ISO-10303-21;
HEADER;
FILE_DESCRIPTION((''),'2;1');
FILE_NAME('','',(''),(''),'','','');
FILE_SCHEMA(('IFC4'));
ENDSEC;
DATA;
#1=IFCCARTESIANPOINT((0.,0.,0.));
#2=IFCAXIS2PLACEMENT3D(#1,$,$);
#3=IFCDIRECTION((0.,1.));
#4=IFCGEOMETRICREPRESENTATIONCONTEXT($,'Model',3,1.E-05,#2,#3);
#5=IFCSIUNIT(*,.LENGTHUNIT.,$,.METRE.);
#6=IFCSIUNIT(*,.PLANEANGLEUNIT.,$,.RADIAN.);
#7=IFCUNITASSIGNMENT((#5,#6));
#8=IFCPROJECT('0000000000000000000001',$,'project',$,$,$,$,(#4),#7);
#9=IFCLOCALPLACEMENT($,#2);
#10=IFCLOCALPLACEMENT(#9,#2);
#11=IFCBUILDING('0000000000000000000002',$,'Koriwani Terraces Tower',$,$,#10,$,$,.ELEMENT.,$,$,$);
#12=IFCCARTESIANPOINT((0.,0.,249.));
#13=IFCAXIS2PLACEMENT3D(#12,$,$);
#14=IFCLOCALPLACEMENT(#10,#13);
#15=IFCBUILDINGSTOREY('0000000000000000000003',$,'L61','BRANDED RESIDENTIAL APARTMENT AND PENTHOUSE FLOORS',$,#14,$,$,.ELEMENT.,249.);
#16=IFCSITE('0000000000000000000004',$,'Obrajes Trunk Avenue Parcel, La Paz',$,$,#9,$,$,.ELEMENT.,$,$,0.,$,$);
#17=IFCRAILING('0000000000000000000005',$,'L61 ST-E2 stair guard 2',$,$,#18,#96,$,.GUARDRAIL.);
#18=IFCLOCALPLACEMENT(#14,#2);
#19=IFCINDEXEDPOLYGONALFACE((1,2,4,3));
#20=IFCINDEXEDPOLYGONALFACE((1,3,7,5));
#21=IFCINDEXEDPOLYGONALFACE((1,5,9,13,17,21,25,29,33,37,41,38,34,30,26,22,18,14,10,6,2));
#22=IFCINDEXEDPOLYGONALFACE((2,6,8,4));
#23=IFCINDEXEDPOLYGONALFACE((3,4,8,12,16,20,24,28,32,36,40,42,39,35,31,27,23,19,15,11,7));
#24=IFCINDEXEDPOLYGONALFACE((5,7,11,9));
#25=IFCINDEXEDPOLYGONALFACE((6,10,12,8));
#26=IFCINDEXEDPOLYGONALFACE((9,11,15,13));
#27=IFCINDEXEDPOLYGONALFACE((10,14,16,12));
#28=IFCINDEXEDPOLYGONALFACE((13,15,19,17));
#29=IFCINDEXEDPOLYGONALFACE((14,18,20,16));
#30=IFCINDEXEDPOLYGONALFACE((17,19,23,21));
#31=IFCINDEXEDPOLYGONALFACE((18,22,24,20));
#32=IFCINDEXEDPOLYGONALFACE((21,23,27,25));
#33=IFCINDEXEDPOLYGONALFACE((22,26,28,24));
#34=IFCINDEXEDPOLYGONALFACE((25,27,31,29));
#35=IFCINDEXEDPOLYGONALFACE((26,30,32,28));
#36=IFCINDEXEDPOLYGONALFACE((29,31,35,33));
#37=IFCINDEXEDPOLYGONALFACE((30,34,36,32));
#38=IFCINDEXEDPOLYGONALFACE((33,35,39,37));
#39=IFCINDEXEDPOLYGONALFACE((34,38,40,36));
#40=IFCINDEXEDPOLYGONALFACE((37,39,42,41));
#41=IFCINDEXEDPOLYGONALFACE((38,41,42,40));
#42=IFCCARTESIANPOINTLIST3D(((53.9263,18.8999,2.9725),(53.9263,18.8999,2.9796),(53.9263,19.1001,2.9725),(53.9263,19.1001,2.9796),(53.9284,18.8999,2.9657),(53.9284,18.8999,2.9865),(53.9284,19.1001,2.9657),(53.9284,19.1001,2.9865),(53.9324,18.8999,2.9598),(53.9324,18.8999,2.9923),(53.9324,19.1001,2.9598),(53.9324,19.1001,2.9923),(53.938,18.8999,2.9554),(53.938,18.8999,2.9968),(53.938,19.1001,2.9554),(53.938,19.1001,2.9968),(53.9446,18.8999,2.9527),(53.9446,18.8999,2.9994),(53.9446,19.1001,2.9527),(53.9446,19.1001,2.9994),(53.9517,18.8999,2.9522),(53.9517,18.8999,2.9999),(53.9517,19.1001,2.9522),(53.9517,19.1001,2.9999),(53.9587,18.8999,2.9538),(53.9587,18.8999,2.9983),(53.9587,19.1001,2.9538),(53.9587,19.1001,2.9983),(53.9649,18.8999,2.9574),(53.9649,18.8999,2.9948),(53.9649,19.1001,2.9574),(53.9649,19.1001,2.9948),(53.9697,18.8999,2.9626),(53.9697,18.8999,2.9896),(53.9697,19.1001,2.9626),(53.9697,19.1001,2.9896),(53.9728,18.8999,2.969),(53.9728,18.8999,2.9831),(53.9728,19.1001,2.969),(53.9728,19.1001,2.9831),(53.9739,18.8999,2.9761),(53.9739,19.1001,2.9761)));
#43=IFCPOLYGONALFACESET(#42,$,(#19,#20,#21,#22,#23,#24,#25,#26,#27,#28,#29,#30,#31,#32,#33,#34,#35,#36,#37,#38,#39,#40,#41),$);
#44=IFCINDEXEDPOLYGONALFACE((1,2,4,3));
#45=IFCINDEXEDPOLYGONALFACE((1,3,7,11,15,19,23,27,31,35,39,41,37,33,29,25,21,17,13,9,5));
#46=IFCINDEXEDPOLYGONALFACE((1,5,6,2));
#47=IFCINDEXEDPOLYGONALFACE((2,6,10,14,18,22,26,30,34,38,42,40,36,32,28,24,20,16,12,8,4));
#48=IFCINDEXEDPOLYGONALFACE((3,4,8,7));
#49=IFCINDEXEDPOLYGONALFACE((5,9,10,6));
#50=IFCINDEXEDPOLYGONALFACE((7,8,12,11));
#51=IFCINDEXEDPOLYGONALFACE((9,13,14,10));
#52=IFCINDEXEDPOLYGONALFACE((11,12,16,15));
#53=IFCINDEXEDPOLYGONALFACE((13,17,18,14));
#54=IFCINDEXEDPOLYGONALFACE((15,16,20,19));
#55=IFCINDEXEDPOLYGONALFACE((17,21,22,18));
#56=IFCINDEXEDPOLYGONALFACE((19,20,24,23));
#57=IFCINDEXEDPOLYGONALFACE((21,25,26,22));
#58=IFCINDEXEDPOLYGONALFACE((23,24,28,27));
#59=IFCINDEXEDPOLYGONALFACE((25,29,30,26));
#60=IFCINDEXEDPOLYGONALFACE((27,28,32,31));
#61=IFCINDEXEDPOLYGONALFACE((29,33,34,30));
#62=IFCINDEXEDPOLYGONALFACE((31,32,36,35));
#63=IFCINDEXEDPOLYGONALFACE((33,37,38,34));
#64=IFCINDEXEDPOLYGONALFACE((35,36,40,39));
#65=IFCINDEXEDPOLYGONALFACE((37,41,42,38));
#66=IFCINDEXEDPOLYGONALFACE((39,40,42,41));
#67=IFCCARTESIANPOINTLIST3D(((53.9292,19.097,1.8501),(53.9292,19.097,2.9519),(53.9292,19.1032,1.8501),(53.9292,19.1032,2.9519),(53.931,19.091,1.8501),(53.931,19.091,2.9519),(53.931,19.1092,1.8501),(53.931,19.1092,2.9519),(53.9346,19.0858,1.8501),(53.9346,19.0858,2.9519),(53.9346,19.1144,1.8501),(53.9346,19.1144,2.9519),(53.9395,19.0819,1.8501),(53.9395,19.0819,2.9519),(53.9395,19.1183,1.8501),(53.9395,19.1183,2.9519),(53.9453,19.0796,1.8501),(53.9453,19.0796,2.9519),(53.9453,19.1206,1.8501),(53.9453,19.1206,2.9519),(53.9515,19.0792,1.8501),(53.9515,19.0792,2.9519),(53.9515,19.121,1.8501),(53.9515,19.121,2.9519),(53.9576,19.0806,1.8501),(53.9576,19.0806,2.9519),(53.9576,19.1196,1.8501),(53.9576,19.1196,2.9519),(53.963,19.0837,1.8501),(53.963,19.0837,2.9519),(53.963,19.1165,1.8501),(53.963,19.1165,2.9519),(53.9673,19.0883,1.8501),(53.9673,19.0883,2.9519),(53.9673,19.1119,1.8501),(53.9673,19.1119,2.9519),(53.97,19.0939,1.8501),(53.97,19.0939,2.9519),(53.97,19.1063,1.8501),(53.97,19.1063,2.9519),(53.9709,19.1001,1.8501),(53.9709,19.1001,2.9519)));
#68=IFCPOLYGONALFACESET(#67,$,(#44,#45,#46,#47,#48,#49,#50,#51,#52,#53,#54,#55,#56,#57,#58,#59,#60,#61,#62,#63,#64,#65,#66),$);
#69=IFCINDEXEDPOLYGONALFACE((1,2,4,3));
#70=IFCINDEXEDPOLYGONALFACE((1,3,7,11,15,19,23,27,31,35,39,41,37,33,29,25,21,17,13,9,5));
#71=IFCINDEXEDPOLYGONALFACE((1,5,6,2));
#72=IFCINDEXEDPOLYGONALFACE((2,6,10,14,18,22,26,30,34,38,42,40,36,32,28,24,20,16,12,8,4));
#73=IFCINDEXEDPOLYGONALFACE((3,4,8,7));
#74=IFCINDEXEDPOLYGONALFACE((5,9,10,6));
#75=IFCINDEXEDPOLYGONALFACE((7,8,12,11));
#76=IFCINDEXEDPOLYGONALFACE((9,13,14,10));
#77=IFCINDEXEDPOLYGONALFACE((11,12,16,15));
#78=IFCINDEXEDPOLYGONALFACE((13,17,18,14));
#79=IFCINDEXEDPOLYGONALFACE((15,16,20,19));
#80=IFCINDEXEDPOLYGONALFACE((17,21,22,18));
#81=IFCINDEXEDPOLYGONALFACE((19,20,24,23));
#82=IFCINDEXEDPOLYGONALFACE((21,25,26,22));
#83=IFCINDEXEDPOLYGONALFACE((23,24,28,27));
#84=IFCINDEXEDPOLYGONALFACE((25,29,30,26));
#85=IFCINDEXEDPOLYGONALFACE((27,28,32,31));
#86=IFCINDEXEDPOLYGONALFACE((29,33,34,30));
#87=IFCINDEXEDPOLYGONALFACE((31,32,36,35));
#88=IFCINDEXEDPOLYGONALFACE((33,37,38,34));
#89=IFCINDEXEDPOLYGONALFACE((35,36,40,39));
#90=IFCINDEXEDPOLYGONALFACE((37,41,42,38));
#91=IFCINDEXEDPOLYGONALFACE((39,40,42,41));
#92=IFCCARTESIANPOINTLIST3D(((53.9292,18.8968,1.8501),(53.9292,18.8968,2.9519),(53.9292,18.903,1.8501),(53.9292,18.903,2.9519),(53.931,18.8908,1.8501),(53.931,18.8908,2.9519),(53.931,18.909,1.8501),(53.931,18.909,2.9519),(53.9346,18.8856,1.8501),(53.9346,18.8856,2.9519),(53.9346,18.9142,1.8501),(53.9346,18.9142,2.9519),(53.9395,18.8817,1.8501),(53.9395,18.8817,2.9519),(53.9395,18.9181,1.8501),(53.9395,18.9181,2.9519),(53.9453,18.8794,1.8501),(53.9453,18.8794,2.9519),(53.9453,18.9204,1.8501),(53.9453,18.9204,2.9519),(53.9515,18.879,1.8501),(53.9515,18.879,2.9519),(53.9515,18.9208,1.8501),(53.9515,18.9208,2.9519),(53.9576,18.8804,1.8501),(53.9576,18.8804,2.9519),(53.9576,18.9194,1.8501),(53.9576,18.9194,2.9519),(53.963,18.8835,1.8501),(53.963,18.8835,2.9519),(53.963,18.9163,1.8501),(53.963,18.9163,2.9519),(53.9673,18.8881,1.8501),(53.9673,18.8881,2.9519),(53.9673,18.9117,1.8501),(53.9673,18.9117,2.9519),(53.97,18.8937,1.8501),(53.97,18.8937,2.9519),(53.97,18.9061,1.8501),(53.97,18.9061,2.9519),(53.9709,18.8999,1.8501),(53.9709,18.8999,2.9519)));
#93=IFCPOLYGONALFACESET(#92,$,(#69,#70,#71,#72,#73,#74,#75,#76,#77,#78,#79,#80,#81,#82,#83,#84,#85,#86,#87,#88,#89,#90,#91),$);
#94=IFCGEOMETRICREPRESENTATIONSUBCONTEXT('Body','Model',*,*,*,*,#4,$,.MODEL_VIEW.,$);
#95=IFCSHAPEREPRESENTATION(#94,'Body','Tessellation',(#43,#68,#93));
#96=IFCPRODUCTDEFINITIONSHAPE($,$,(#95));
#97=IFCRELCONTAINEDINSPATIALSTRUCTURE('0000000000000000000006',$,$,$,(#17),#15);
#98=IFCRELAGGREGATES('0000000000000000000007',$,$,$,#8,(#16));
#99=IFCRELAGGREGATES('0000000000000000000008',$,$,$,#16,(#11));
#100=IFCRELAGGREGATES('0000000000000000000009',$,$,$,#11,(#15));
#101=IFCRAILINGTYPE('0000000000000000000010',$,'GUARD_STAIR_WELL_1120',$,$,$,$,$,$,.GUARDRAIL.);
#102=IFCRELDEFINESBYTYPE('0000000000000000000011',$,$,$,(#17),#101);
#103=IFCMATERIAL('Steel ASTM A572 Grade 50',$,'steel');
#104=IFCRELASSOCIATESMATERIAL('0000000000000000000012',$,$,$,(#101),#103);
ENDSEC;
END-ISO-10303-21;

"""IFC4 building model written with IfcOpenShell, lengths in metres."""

from ifc_helpers import new_model, si_unit, direction, frame, origin, origin_2d, place, context, subcontext, project, spatial, circle, extrude, material, type_object, element, save


model = new_model("IFC4")

# Units and contexts
model_context = context("Model", 3, precision=1e-05, world=origin(), true_north=direction((0.0, 1.0)))
body_context = subcontext(model_context, "Body", "Model", "MODEL_VIEW")
ifc_project = project(units=[si_unit("LENGTHUNIT", "METRE"), si_unit("PLANEANGLEUNIT", "RADIAN")], contexts=[model_context])

# Site, building, storey
site_placement = place(None, origin())
site = spatial("IfcSite", under=ifc_project, at=site_placement, Name="Obrajes Trunk Avenue Parcel, La Paz", CompositionType="ELEMENT", RefElevation=0.0)
building_placement = place(site_placement, origin())
building = spatial("IfcBuilding", under=site, at=building_placement, Name="Koriwani Terraces Tower", CompositionType="ELEMENT")
storey_placement = place(building_placement, frame((0.0, 0.0, 249.0)))
storey = spatial("IfcBuildingStorey", under=building, at=storey_placement, Name="L61", Description="BRANDED RESIDENTIAL APARTMENT AND PENTHOUSE FLOORS", CompositionType="ELEMENT", Elevation=249.0)

# Shared definitions
ifc_material_1 = material(Name="Steel ASTM A572 Grade 50", Category="steel")

# Railing
railing_type_1 = type_object("IfcRailingType", Name="GUARD_STAIR_WELL_1120", PredefinedType="GUARDRAIL", material=ifc_material_1)
railing_1_placement = place(storey_placement, frame((53.95, 19.1001, 1.8501)))
element("IfcRailing", 1, at=railing_1_placement, inside=storey, type_object=railing_type_1, Name="L61 ST-E2 stair guard 2", PredefinedType="GUARDRAIL", context=body_context, shape_type="SweptSolid", body=[
    extrude(circle(Radius=0.0239, at=origin_2d()), frame((0.0, 0.0, 1.126), z_axis=(0.0, -1.0, 0.0), x_axis=(1.0, 0.0, 0.0)), (0.0, 0.0, 1.0), 0.2002),
    extrude(circle(Radius=0.021, at=origin_2d()), origin(), (0.0, 0.0, 1.0), 1.1018),
    extrude(circle(Radius=0.021, at=origin_2d()), frame((0.0, -0.2002, 0.0)), (0.0, 0.0, 1.0), 1.1018),
])

save(model, "model.ifc")
